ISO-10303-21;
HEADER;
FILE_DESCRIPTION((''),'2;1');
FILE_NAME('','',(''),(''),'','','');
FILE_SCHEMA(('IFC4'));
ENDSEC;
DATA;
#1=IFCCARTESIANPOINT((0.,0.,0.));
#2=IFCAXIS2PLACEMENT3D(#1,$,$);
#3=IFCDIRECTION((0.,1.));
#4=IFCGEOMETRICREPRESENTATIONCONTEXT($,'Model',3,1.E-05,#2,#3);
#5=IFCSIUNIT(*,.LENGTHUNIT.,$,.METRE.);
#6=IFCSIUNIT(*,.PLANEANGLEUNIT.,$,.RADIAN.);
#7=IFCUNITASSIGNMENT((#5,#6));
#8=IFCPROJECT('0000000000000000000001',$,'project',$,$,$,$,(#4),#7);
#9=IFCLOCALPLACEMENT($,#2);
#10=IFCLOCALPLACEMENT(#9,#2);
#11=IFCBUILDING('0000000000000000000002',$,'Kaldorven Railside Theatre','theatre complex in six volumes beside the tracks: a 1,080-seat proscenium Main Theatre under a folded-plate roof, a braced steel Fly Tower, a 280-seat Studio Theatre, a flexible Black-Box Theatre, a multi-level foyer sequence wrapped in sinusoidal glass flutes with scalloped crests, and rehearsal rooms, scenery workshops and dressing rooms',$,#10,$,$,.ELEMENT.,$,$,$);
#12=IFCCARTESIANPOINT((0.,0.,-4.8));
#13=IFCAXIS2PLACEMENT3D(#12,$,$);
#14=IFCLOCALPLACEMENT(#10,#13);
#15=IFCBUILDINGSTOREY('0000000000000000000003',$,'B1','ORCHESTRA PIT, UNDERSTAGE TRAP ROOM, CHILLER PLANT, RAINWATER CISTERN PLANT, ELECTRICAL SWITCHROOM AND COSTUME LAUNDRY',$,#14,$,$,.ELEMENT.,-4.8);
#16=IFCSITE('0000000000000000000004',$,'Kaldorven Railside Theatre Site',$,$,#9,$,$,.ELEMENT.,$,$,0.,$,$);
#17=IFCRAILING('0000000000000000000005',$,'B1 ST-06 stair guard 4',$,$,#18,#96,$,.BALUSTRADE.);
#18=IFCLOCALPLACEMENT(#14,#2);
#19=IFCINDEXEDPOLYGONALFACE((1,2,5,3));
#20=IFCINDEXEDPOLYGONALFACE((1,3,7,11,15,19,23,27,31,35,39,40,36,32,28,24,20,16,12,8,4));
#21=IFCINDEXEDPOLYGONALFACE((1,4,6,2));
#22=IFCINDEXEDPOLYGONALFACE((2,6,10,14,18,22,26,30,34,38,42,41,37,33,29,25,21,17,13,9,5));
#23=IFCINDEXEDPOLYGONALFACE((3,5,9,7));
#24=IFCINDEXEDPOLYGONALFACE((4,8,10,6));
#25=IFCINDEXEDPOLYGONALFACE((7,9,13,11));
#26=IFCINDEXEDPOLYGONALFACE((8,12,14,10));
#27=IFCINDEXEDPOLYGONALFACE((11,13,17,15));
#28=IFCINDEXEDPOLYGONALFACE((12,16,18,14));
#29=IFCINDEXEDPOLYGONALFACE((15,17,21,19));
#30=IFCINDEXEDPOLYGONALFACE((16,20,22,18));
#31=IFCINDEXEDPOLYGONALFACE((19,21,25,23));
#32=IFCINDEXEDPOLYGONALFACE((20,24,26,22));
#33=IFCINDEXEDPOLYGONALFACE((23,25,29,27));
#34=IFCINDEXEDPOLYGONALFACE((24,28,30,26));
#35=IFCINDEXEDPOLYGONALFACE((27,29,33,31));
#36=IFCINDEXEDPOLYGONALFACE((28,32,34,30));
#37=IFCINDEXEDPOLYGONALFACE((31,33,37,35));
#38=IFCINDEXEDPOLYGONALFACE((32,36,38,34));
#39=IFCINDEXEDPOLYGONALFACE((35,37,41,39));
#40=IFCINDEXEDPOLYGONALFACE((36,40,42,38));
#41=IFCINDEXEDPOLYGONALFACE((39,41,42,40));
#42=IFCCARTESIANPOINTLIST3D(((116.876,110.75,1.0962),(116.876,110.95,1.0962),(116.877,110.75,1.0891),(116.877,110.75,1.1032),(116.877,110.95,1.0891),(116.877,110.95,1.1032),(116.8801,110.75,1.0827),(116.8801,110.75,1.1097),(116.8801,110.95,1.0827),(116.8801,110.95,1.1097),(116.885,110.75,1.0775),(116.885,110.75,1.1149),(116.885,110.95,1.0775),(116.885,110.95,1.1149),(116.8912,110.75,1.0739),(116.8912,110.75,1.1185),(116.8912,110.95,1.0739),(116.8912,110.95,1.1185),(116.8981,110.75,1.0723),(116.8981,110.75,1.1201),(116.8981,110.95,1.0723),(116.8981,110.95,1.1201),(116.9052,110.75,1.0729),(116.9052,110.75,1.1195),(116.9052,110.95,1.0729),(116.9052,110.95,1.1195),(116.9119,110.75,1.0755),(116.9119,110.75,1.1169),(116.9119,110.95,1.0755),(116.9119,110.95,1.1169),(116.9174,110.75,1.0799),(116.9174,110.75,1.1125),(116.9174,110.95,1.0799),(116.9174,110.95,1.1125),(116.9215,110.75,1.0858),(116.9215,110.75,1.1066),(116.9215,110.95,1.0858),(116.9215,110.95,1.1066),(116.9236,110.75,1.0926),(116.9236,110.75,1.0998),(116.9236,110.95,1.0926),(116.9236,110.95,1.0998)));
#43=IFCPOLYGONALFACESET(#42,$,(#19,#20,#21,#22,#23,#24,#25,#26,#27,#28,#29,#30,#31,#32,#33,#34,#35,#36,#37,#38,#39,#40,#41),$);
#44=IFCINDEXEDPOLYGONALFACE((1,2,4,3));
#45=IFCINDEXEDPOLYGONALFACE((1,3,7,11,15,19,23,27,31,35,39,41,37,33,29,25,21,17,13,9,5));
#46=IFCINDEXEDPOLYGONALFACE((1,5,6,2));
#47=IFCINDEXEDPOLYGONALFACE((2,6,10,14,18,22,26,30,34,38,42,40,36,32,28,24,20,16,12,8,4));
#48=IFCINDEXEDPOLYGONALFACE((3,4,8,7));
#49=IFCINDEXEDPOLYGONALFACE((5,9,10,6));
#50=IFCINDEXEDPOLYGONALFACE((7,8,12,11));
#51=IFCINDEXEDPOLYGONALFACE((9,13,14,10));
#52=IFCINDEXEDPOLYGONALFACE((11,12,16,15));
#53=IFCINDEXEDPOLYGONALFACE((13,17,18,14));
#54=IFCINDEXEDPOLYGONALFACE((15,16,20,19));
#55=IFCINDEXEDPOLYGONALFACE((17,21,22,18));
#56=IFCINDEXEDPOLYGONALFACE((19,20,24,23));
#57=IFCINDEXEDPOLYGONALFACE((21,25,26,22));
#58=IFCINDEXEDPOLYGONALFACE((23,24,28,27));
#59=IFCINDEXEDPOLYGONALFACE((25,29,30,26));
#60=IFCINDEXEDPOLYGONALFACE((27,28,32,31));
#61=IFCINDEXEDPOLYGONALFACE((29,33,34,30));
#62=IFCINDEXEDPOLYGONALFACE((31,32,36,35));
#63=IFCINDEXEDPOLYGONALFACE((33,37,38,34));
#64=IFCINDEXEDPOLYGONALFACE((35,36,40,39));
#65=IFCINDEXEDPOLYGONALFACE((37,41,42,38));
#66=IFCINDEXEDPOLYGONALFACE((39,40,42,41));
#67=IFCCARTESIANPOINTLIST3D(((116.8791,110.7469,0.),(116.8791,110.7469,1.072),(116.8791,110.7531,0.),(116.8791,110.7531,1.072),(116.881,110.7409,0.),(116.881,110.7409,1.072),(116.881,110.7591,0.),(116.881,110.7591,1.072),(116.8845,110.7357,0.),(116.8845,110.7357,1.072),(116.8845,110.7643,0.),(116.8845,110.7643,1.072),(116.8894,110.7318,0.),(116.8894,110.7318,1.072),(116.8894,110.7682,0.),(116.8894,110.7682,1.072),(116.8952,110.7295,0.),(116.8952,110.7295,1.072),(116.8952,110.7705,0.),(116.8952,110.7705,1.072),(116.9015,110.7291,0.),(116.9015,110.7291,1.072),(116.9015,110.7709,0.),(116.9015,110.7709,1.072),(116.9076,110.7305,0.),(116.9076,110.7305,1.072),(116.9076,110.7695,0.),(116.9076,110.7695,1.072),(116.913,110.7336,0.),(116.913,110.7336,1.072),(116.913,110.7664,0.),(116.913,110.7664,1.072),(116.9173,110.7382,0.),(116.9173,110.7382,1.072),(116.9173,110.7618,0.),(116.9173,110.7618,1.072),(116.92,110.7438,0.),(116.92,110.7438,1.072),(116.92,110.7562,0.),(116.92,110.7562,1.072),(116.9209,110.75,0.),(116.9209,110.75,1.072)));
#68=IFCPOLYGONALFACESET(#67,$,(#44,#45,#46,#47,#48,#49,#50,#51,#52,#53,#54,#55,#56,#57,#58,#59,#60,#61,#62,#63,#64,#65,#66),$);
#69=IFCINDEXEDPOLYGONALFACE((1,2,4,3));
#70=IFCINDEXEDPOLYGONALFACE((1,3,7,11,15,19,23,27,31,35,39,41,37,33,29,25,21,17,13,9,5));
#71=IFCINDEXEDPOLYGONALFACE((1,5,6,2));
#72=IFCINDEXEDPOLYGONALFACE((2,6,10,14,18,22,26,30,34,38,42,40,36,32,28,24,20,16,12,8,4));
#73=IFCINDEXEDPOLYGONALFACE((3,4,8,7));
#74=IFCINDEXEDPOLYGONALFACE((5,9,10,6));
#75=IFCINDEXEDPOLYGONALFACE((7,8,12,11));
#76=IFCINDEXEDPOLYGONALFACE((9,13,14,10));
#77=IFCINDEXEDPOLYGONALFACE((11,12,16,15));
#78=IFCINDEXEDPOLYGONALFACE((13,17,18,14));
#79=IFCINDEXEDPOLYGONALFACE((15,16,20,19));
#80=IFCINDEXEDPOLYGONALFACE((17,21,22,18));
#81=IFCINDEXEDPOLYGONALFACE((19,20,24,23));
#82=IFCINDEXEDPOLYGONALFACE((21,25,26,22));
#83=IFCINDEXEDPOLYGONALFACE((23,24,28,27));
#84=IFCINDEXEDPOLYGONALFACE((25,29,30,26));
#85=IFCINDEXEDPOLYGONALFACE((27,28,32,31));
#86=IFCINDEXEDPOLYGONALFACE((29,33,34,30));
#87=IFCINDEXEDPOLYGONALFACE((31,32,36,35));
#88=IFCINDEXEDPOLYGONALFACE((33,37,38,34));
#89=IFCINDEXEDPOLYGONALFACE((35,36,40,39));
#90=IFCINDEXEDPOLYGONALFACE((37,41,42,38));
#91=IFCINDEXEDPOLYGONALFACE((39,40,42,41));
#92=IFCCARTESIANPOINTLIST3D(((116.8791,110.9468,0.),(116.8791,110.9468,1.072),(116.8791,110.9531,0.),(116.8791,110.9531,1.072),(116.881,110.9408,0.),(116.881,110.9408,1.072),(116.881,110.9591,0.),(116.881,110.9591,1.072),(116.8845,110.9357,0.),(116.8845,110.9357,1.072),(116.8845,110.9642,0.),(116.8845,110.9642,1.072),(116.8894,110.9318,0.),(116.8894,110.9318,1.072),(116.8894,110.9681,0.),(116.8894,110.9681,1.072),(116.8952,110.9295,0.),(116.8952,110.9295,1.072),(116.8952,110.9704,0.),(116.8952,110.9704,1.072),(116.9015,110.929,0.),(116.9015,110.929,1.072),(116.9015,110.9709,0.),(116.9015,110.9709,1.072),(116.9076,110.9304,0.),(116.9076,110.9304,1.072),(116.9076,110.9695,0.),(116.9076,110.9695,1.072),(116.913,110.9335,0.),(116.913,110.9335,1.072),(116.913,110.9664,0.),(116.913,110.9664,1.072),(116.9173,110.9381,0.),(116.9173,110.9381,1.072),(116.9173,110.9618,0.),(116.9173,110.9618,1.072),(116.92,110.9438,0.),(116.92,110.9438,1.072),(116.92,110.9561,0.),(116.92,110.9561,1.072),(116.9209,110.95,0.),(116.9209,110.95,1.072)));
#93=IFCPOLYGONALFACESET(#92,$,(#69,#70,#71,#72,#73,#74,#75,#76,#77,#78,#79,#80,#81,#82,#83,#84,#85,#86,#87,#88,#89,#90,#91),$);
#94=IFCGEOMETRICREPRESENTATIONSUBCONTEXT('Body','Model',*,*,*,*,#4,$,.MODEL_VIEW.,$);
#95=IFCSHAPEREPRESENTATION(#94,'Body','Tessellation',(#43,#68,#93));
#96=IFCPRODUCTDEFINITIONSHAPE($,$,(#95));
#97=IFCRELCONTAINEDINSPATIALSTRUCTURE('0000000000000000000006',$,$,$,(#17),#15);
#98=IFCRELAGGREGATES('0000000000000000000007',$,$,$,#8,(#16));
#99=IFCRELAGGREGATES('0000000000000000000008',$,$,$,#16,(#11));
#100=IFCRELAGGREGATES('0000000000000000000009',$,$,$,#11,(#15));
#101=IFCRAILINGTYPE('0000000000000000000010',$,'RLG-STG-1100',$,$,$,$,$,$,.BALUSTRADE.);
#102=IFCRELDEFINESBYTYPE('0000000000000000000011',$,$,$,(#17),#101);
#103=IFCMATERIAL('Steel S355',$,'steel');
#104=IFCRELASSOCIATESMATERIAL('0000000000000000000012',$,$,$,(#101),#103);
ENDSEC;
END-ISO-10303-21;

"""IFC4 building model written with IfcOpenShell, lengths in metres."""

from ifc_helpers import new_model, si_unit, direction, frame, origin, origin_2d, place, context, subcontext, project, spatial, circle, extrude, material, type_object, element, save


model = new_model("IFC4")

# Units and contexts
model_context = context("Model", 3, precision=1e-05, world=origin(), true_north=direction((0.0, 1.0)))
body_context = subcontext(model_context, "Body", "Model", "MODEL_VIEW")
ifc_project = project(units=[si_unit("LENGTHUNIT", "METRE"), si_unit("PLANEANGLEUNIT", "RADIAN")], contexts=[model_context])

# Site, building, storey
site_placement = place(None, origin())
site = spatial("IfcSite", under=ifc_project, at=site_placement, Name="Kaldorven Railside Theatre Site", CompositionType="ELEMENT", RefElevation=0.0)
building_placement = place(site_placement, origin())
building = spatial("IfcBuilding", under=site, at=building_placement, Name="Kaldorven Railside Theatre", Description="theatre complex in six volumes beside the tracks: a 1,080-seat proscenium Main Theatre under a folded-plate roof, a braced steel Fly Tower, a 280-seat Studio Theatre, a flexible Black-Box Theatre, a multi-level foyer sequence wrapped in sinusoidal glass flutes with scalloped crests, and rehearsal rooms, scenery workshops and dressing rooms", CompositionType="ELEMENT")
storey_placement = place(building_placement, frame((0.0, 0.0, -4.8)))
storey = spatial("IfcBuildingStorey", under=building, at=storey_placement, Name="B1", Description="ORCHESTRA PIT, UNDERSTAGE TRAP ROOM, CHILLER PLANT, RAINWATER CISTERN PLANT, ELECTRICAL SWITCHROOM AND COSTUME LAUNDRY", CompositionType="ELEMENT", Elevation=-4.8)

# Railing
ifc_material_1 = material(Name="Steel S355", Category="steel")
railing_type_1 = type_object("IfcRailingType", Name="RLG-STG-1100", PredefinedType="BALUSTRADE", material=ifc_material_1)
railing_1_placement = place(storey_placement, frame((116.8999, 110.75, 0.0)))
element("IfcRailing", 1, at=railing_1_placement, inside=storey, type_object=railing_type_1, Name="B1 ST-06 stair guard 4", PredefinedType="BALUSTRADE", context=body_context, shape_type="SweptSolid", body=[
    extrude(circle(Radius=0.0239, at=origin_2d()), frame((0.0, 0.0, 1.0962), z_axis=(0.0, 1.0, 0.0), x_axis=(-1.0, 0.0, 0.0)), (0.0, 0.0, 1.0), 0.2),
    extrude(circle(Radius=0.021, at=origin_2d()), origin(), (0.0, 0.0, 1.0), 1.072),
    extrude(circle(Radius=0.021, at=origin_2d()), frame((0.0, 0.2, 0.0)), (0.0, 0.0, 1.0), 1.072),
])

save(model, "model.ifc")
